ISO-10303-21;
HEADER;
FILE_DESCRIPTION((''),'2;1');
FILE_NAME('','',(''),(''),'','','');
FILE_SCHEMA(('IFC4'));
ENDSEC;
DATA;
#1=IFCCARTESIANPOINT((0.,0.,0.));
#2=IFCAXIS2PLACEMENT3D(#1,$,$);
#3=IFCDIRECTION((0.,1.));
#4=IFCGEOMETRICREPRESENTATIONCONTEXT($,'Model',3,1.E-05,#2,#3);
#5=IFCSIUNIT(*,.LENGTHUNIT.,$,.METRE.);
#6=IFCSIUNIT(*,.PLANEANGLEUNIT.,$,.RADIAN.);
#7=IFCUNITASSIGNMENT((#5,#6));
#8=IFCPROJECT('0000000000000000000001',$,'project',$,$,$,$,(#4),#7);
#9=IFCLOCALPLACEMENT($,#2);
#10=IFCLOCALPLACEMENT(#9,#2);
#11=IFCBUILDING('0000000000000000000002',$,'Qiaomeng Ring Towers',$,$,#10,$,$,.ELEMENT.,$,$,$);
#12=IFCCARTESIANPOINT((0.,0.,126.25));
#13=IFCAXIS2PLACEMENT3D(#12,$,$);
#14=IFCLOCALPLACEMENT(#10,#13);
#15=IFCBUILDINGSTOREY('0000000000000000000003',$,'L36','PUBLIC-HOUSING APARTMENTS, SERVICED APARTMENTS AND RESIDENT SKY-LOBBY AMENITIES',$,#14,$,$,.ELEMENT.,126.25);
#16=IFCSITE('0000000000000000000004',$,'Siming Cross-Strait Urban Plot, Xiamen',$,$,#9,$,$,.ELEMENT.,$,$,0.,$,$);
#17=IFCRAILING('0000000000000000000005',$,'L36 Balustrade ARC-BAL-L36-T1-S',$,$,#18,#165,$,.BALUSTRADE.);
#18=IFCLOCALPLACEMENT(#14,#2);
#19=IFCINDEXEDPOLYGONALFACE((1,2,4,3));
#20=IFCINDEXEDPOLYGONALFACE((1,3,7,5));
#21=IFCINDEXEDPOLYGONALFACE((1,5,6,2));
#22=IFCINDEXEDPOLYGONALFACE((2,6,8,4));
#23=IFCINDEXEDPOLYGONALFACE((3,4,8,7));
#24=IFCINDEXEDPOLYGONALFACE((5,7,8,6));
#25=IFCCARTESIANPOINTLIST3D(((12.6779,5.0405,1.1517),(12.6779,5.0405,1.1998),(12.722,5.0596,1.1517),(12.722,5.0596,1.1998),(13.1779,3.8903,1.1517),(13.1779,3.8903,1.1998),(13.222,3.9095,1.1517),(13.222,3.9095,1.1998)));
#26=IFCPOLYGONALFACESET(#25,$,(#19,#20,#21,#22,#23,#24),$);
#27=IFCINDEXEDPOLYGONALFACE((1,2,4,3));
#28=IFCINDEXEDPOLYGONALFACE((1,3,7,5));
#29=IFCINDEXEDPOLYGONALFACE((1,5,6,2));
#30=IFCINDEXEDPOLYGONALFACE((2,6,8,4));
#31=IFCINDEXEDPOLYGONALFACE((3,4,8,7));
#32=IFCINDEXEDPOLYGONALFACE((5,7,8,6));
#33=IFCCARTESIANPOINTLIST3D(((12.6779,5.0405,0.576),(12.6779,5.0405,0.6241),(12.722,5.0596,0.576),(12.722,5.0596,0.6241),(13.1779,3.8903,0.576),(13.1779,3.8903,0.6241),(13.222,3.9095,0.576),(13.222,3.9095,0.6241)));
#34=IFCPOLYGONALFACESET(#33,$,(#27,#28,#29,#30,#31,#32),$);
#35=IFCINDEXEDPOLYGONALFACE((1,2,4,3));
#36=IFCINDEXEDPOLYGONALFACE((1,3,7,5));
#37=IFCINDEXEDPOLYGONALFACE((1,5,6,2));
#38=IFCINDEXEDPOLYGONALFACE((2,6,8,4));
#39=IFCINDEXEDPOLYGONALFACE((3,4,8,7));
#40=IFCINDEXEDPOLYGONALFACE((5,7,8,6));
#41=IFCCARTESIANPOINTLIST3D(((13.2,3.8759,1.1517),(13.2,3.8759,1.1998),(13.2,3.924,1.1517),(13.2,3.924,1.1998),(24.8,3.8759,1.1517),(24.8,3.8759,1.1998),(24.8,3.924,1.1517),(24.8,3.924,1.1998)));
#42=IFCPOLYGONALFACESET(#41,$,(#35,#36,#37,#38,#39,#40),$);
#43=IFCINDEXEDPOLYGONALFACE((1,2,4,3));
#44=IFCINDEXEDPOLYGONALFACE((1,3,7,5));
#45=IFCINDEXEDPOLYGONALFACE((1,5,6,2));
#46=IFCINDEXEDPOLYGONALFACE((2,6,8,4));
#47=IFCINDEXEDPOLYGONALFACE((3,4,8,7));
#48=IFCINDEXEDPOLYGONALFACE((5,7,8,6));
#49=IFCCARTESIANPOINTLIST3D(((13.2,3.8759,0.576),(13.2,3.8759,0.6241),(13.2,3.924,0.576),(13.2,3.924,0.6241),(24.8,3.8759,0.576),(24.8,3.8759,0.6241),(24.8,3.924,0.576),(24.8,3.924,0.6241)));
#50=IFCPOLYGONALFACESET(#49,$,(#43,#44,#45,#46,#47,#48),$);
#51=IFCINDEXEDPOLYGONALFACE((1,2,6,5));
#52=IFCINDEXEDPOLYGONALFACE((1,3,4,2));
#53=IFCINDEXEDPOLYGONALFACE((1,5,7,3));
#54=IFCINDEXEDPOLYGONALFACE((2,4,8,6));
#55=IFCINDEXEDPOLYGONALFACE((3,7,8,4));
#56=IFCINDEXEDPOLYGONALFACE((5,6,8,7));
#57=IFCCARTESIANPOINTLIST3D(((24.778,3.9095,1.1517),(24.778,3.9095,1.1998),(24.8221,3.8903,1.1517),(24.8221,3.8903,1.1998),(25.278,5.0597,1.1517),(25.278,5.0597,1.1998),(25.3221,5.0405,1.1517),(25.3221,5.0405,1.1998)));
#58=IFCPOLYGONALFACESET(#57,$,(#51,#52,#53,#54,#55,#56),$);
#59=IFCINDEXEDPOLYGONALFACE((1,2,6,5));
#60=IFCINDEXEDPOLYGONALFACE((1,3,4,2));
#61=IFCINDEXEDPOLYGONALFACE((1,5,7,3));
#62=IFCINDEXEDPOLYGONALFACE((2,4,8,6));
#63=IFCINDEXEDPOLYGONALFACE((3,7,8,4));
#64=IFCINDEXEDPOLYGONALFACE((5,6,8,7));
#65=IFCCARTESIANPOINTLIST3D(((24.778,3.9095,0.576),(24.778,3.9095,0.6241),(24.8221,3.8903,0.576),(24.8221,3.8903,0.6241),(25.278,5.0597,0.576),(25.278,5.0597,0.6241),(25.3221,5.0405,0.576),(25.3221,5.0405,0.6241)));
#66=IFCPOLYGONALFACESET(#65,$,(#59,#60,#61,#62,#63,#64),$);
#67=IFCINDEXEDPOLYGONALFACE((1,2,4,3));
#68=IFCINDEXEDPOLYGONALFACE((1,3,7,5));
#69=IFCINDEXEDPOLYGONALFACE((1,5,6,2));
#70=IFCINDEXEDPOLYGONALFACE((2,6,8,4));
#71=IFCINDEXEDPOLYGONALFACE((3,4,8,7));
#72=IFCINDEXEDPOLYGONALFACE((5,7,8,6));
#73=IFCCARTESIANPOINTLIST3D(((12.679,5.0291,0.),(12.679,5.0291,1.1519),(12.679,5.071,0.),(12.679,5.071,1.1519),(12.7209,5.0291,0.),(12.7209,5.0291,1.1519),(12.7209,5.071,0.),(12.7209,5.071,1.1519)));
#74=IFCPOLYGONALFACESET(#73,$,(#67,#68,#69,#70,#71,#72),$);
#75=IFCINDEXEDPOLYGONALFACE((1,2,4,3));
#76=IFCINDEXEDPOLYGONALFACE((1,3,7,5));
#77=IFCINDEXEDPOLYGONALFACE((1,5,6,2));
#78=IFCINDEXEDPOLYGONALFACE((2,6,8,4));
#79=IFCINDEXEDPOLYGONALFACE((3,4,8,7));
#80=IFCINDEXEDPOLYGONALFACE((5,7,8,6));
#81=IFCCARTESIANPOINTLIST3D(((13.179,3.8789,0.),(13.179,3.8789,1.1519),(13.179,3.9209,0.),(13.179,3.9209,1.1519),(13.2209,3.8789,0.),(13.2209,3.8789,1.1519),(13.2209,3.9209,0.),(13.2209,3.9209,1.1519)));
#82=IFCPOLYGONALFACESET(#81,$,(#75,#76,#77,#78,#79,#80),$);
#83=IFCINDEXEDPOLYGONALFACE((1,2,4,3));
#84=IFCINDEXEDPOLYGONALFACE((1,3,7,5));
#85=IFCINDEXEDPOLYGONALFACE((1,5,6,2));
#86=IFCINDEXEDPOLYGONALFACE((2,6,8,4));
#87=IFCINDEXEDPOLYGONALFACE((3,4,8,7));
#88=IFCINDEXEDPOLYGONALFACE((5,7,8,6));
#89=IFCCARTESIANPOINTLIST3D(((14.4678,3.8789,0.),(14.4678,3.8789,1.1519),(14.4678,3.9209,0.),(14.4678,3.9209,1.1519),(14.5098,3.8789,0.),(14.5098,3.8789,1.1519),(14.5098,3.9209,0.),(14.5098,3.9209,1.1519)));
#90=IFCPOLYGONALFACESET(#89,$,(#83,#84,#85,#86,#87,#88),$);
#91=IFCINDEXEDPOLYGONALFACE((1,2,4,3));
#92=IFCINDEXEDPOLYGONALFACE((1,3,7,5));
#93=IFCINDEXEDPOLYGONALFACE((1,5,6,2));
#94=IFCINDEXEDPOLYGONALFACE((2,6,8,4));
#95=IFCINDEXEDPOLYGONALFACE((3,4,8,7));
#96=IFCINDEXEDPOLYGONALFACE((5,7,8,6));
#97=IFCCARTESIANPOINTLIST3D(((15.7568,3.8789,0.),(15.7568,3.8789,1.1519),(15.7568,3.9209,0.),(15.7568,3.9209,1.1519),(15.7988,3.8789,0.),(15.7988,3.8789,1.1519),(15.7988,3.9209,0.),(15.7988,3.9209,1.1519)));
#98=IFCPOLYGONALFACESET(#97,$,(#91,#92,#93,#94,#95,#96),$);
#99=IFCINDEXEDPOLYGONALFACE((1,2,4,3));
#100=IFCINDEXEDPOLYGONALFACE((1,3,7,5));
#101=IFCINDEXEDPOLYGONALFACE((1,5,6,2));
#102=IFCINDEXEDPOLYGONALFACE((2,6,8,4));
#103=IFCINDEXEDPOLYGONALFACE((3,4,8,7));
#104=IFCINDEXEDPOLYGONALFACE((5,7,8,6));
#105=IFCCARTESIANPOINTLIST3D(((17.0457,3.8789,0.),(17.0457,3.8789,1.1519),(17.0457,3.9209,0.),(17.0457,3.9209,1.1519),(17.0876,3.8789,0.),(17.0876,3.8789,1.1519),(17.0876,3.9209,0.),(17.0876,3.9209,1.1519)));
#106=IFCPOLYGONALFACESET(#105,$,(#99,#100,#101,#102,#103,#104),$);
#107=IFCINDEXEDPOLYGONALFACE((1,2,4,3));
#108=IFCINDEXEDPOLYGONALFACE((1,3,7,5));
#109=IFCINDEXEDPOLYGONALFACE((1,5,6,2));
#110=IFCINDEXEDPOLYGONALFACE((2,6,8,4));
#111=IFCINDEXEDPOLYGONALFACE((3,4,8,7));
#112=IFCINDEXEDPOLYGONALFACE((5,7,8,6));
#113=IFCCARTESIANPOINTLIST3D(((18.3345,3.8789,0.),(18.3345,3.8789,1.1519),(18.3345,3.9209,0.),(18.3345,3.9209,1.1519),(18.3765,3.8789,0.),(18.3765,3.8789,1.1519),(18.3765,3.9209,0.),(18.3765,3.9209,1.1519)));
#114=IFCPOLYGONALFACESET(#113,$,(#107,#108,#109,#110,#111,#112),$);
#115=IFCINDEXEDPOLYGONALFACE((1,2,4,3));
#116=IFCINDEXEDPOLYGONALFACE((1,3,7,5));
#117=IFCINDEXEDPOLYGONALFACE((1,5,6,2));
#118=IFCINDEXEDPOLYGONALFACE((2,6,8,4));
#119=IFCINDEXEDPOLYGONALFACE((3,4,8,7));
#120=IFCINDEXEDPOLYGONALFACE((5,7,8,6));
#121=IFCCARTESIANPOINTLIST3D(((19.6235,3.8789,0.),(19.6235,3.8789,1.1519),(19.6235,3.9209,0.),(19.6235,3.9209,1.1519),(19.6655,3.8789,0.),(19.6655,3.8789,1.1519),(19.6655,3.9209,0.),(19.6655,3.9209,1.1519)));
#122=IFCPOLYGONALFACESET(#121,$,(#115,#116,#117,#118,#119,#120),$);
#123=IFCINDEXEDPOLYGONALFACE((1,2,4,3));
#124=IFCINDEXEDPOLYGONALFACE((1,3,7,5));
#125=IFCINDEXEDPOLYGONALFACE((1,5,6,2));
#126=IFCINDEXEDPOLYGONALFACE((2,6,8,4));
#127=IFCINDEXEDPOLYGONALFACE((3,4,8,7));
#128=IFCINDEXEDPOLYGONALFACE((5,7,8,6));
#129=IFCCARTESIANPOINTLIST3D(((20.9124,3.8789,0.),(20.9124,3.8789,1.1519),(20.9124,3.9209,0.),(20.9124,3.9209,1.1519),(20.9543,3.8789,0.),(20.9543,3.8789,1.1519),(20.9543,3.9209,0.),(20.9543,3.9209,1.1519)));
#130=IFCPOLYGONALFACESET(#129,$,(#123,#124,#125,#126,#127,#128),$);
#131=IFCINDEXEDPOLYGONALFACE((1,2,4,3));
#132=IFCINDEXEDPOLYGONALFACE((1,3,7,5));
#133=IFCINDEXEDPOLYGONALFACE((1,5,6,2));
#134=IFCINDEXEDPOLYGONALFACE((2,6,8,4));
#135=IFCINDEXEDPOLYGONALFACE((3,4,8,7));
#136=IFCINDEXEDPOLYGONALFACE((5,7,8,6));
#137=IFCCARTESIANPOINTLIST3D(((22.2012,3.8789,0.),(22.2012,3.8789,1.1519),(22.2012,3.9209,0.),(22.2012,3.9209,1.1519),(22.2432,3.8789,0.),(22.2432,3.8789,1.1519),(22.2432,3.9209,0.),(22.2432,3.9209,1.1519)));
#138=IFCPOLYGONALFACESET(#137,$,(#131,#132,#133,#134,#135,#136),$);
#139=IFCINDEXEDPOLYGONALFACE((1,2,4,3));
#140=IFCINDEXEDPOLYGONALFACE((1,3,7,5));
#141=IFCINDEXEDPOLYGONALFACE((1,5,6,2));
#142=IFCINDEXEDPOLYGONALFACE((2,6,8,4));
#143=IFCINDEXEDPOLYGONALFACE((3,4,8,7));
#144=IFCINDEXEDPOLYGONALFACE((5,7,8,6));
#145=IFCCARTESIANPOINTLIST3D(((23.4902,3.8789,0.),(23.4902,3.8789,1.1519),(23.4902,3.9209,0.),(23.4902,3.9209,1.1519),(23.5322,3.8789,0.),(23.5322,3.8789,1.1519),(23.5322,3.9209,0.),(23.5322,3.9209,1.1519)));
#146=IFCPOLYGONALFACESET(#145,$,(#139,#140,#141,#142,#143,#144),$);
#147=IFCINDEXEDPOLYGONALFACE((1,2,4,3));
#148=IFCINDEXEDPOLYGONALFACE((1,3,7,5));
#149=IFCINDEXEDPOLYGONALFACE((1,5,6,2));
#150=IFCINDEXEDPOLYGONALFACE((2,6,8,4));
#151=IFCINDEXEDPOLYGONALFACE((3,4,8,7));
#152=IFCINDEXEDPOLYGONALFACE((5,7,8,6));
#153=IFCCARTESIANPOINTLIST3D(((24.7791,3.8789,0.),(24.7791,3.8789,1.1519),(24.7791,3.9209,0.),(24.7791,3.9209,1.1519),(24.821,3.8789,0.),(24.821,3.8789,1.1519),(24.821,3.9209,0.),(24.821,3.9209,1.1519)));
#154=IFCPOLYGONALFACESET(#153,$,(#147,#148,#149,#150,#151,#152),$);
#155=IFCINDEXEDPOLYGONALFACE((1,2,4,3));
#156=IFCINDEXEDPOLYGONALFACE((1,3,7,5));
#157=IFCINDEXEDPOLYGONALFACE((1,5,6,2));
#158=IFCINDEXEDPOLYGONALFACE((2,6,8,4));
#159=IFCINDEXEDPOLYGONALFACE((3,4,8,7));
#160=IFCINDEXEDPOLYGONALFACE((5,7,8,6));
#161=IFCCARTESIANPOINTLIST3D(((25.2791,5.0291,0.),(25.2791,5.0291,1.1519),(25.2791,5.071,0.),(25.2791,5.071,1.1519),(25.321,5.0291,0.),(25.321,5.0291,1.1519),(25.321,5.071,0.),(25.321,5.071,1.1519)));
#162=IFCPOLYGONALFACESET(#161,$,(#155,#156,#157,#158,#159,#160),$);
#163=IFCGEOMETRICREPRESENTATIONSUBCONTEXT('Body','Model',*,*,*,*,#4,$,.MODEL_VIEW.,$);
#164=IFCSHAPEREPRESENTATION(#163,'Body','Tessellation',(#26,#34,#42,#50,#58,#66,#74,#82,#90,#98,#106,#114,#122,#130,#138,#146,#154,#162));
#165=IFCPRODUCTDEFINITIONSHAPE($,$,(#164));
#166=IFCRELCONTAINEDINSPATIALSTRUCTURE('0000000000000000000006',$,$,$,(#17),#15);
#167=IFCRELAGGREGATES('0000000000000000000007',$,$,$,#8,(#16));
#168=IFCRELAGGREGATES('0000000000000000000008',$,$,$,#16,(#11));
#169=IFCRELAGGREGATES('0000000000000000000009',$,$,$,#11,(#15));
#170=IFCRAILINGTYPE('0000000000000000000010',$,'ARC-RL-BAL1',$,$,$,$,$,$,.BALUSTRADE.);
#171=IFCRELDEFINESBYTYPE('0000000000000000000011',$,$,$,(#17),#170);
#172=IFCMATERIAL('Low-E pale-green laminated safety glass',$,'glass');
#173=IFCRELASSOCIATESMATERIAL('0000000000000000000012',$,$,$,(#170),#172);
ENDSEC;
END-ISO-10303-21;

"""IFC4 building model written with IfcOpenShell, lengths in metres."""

from ifc_helpers import new_model, si_unit, direction, frame, origin, origin_2d, place, context, subcontext, project, spatial, rectangle, extrude, material, type_object, element, save


model = new_model("IFC4")

# Units and contexts
model_context = context("Model", 3, precision=1e-05, world=origin(), true_north=direction((0.0, 1.0)))
body_context = subcontext(model_context, "Body", "Model", "MODEL_VIEW")
ifc_project = project(units=[si_unit("LENGTHUNIT", "METRE"), si_unit("PLANEANGLEUNIT", "RADIAN")], contexts=[model_context])

# Site, building, storey
site_placement = place(None, origin())
site = spatial("IfcSite", under=ifc_project, at=site_placement, Name="Siming Cross-Strait Urban Plot, Xiamen", CompositionType="ELEMENT", RefElevation=0.0)
building_placement = place(site_placement, origin())
building = spatial("IfcBuilding", under=site, at=building_placement, Name="Qiaomeng Ring Towers", CompositionType="ELEMENT")
storey_placement = place(building_placement, frame((0.0, 0.0, 126.25)))
storey = spatial("IfcBuildingStorey", under=building, at=storey_placement, Name="L36", Description="PUBLIC-HOUSING APARTMENTS, SERVICED APARTMENTS AND RESIDENT SKY-LOBBY AMENITIES", CompositionType="ELEMENT", Elevation=126.25)

# Railing
ifc_material_1 = material(Name="Low-E pale-green laminated safety glass", Category="glass")
railing_type = type_object("IfcRailingType", Name="ARC-RL-BAL1", PredefinedType="BALUSTRADE", material=ifc_material_1)
railing_placement = place(storey_placement, frame((12.7, 5.05, 0.0)))
element("IfcRailing", 1, at=railing_placement, inside=storey, type_object=railing_type, Name="L36 Balustrade ARC-BAL-L36-T1-S", PredefinedType="BALUSTRADE", context=body_context, shape_type="SweptSolid", body=[
    extrude(rectangle(XDim=0.0481, YDim=0.0481, at=origin_2d()), frame((0.0, 0.0, 1.1758), z_axis=(0.398683, -0.917089, 0.0), x_axis=(0.917089, 0.398683, 0.0)), (0.0, 0.0, 1.0), 1.2542),
    extrude(rectangle(XDim=0.0481, YDim=0.0481, at=origin_2d()), frame((0.0, 0.0, 0.6001), z_axis=(0.398683, -0.917089, 0.0), x_axis=(0.917089, 0.398683, 0.0)), (0.0, 0.0, 1.0), 1.2542),
    extrude(rectangle(XDim=0.0481, YDim=0.0481, at=origin_2d()), frame((0.5, -1.1501, 1.1758), z_axis=(1.0, 0.0, 0.0), x_axis=(0.0, 1.0, 0.0)), (0.0, 0.0, 1.0), 11.6001),
    extrude(rectangle(XDim=0.0481, YDim=0.0481, at=origin_2d()), frame((0.5, -1.1501, 0.6001), z_axis=(1.0, 0.0, 0.0), x_axis=(0.0, 1.0, 0.0)), (0.0, 0.0, 1.0), 11.6001),
    extrude(rectangle(XDim=0.0481, YDim=0.0481, at=origin_2d()), frame((12.1001, -1.1501, 1.1758), z_axis=(0.398683, 0.917089, 0.0), x_axis=(-0.917089, 0.398683, 0.0)), (0.0, 0.0, 1.0), 1.2542),
    extrude(rectangle(XDim=0.0481, YDim=0.0481, at=origin_2d()), frame((12.1001, -1.1501, 0.6001), z_axis=(0.398683, 0.917089, 0.0), x_axis=(-0.917089, 0.398683, 0.0)), (0.0, 0.0, 1.0), 1.2542),
    extrude(rectangle(XDim=0.042, YDim=0.042, at=origin_2d()), origin(), (0.0, 0.0, 1.0), 1.1519),
    extrude(rectangle(XDim=0.042, YDim=0.042, at=origin_2d()), frame((0.5, -1.1501, 0.0)), (0.0, 0.0, 1.0), 1.1519),
    extrude(rectangle(XDim=0.042, YDim=0.042, at=origin_2d()), frame((1.7888, -1.1501, 0.0)), (0.0, 0.0, 1.0), 1.1519),
    extrude(rectangle(XDim=0.042, YDim=0.042, at=origin_2d()), frame((3.0779, -1.1501, 0.0)), (0.0, 0.0, 1.0), 1.1519),
    extrude(rectangle(XDim=0.042, YDim=0.042, at=origin_2d()), frame((4.3667, -1.1501, 0.0)), (0.0, 0.0, 1.0), 1.1519),
    extrude(rectangle(XDim=0.042, YDim=0.042, at=origin_2d()), frame((5.6555, -1.1501, 0.0)), (0.0, 0.0, 1.0), 1.1519),
    extrude(rectangle(XDim=0.042, YDim=0.042, at=origin_2d()), frame((6.9446, -1.1501, 0.0)), (0.0, 0.0, 1.0), 1.1519),
    extrude(rectangle(XDim=0.042, YDim=0.042, at=origin_2d()), frame((8.2334, -1.1501, 0.0)), (0.0, 0.0, 1.0), 1.1519),
    extrude(rectangle(XDim=0.042, YDim=0.042, at=origin_2d()), frame((9.5222, -1.1501, 0.0)), (0.0, 0.0, 1.0), 1.1519),
    extrude(rectangle(XDim=0.042, YDim=0.042, at=origin_2d()), frame((10.8113, -1.1501, 0.0)), (0.0, 0.0, 1.0), 1.1519),
    extrude(rectangle(XDim=0.042, YDim=0.042, at=origin_2d()), frame((12.1001, -1.1501, 0.0)), (0.0, 0.0, 1.0), 1.1519),
    extrude(rectangle(XDim=0.042, YDim=0.042, at=origin_2d()), frame((12.6001, 0.0, 0.0)), (0.0, 0.0, 1.0), 1.1519),
])

save(model, "model.ifc")
